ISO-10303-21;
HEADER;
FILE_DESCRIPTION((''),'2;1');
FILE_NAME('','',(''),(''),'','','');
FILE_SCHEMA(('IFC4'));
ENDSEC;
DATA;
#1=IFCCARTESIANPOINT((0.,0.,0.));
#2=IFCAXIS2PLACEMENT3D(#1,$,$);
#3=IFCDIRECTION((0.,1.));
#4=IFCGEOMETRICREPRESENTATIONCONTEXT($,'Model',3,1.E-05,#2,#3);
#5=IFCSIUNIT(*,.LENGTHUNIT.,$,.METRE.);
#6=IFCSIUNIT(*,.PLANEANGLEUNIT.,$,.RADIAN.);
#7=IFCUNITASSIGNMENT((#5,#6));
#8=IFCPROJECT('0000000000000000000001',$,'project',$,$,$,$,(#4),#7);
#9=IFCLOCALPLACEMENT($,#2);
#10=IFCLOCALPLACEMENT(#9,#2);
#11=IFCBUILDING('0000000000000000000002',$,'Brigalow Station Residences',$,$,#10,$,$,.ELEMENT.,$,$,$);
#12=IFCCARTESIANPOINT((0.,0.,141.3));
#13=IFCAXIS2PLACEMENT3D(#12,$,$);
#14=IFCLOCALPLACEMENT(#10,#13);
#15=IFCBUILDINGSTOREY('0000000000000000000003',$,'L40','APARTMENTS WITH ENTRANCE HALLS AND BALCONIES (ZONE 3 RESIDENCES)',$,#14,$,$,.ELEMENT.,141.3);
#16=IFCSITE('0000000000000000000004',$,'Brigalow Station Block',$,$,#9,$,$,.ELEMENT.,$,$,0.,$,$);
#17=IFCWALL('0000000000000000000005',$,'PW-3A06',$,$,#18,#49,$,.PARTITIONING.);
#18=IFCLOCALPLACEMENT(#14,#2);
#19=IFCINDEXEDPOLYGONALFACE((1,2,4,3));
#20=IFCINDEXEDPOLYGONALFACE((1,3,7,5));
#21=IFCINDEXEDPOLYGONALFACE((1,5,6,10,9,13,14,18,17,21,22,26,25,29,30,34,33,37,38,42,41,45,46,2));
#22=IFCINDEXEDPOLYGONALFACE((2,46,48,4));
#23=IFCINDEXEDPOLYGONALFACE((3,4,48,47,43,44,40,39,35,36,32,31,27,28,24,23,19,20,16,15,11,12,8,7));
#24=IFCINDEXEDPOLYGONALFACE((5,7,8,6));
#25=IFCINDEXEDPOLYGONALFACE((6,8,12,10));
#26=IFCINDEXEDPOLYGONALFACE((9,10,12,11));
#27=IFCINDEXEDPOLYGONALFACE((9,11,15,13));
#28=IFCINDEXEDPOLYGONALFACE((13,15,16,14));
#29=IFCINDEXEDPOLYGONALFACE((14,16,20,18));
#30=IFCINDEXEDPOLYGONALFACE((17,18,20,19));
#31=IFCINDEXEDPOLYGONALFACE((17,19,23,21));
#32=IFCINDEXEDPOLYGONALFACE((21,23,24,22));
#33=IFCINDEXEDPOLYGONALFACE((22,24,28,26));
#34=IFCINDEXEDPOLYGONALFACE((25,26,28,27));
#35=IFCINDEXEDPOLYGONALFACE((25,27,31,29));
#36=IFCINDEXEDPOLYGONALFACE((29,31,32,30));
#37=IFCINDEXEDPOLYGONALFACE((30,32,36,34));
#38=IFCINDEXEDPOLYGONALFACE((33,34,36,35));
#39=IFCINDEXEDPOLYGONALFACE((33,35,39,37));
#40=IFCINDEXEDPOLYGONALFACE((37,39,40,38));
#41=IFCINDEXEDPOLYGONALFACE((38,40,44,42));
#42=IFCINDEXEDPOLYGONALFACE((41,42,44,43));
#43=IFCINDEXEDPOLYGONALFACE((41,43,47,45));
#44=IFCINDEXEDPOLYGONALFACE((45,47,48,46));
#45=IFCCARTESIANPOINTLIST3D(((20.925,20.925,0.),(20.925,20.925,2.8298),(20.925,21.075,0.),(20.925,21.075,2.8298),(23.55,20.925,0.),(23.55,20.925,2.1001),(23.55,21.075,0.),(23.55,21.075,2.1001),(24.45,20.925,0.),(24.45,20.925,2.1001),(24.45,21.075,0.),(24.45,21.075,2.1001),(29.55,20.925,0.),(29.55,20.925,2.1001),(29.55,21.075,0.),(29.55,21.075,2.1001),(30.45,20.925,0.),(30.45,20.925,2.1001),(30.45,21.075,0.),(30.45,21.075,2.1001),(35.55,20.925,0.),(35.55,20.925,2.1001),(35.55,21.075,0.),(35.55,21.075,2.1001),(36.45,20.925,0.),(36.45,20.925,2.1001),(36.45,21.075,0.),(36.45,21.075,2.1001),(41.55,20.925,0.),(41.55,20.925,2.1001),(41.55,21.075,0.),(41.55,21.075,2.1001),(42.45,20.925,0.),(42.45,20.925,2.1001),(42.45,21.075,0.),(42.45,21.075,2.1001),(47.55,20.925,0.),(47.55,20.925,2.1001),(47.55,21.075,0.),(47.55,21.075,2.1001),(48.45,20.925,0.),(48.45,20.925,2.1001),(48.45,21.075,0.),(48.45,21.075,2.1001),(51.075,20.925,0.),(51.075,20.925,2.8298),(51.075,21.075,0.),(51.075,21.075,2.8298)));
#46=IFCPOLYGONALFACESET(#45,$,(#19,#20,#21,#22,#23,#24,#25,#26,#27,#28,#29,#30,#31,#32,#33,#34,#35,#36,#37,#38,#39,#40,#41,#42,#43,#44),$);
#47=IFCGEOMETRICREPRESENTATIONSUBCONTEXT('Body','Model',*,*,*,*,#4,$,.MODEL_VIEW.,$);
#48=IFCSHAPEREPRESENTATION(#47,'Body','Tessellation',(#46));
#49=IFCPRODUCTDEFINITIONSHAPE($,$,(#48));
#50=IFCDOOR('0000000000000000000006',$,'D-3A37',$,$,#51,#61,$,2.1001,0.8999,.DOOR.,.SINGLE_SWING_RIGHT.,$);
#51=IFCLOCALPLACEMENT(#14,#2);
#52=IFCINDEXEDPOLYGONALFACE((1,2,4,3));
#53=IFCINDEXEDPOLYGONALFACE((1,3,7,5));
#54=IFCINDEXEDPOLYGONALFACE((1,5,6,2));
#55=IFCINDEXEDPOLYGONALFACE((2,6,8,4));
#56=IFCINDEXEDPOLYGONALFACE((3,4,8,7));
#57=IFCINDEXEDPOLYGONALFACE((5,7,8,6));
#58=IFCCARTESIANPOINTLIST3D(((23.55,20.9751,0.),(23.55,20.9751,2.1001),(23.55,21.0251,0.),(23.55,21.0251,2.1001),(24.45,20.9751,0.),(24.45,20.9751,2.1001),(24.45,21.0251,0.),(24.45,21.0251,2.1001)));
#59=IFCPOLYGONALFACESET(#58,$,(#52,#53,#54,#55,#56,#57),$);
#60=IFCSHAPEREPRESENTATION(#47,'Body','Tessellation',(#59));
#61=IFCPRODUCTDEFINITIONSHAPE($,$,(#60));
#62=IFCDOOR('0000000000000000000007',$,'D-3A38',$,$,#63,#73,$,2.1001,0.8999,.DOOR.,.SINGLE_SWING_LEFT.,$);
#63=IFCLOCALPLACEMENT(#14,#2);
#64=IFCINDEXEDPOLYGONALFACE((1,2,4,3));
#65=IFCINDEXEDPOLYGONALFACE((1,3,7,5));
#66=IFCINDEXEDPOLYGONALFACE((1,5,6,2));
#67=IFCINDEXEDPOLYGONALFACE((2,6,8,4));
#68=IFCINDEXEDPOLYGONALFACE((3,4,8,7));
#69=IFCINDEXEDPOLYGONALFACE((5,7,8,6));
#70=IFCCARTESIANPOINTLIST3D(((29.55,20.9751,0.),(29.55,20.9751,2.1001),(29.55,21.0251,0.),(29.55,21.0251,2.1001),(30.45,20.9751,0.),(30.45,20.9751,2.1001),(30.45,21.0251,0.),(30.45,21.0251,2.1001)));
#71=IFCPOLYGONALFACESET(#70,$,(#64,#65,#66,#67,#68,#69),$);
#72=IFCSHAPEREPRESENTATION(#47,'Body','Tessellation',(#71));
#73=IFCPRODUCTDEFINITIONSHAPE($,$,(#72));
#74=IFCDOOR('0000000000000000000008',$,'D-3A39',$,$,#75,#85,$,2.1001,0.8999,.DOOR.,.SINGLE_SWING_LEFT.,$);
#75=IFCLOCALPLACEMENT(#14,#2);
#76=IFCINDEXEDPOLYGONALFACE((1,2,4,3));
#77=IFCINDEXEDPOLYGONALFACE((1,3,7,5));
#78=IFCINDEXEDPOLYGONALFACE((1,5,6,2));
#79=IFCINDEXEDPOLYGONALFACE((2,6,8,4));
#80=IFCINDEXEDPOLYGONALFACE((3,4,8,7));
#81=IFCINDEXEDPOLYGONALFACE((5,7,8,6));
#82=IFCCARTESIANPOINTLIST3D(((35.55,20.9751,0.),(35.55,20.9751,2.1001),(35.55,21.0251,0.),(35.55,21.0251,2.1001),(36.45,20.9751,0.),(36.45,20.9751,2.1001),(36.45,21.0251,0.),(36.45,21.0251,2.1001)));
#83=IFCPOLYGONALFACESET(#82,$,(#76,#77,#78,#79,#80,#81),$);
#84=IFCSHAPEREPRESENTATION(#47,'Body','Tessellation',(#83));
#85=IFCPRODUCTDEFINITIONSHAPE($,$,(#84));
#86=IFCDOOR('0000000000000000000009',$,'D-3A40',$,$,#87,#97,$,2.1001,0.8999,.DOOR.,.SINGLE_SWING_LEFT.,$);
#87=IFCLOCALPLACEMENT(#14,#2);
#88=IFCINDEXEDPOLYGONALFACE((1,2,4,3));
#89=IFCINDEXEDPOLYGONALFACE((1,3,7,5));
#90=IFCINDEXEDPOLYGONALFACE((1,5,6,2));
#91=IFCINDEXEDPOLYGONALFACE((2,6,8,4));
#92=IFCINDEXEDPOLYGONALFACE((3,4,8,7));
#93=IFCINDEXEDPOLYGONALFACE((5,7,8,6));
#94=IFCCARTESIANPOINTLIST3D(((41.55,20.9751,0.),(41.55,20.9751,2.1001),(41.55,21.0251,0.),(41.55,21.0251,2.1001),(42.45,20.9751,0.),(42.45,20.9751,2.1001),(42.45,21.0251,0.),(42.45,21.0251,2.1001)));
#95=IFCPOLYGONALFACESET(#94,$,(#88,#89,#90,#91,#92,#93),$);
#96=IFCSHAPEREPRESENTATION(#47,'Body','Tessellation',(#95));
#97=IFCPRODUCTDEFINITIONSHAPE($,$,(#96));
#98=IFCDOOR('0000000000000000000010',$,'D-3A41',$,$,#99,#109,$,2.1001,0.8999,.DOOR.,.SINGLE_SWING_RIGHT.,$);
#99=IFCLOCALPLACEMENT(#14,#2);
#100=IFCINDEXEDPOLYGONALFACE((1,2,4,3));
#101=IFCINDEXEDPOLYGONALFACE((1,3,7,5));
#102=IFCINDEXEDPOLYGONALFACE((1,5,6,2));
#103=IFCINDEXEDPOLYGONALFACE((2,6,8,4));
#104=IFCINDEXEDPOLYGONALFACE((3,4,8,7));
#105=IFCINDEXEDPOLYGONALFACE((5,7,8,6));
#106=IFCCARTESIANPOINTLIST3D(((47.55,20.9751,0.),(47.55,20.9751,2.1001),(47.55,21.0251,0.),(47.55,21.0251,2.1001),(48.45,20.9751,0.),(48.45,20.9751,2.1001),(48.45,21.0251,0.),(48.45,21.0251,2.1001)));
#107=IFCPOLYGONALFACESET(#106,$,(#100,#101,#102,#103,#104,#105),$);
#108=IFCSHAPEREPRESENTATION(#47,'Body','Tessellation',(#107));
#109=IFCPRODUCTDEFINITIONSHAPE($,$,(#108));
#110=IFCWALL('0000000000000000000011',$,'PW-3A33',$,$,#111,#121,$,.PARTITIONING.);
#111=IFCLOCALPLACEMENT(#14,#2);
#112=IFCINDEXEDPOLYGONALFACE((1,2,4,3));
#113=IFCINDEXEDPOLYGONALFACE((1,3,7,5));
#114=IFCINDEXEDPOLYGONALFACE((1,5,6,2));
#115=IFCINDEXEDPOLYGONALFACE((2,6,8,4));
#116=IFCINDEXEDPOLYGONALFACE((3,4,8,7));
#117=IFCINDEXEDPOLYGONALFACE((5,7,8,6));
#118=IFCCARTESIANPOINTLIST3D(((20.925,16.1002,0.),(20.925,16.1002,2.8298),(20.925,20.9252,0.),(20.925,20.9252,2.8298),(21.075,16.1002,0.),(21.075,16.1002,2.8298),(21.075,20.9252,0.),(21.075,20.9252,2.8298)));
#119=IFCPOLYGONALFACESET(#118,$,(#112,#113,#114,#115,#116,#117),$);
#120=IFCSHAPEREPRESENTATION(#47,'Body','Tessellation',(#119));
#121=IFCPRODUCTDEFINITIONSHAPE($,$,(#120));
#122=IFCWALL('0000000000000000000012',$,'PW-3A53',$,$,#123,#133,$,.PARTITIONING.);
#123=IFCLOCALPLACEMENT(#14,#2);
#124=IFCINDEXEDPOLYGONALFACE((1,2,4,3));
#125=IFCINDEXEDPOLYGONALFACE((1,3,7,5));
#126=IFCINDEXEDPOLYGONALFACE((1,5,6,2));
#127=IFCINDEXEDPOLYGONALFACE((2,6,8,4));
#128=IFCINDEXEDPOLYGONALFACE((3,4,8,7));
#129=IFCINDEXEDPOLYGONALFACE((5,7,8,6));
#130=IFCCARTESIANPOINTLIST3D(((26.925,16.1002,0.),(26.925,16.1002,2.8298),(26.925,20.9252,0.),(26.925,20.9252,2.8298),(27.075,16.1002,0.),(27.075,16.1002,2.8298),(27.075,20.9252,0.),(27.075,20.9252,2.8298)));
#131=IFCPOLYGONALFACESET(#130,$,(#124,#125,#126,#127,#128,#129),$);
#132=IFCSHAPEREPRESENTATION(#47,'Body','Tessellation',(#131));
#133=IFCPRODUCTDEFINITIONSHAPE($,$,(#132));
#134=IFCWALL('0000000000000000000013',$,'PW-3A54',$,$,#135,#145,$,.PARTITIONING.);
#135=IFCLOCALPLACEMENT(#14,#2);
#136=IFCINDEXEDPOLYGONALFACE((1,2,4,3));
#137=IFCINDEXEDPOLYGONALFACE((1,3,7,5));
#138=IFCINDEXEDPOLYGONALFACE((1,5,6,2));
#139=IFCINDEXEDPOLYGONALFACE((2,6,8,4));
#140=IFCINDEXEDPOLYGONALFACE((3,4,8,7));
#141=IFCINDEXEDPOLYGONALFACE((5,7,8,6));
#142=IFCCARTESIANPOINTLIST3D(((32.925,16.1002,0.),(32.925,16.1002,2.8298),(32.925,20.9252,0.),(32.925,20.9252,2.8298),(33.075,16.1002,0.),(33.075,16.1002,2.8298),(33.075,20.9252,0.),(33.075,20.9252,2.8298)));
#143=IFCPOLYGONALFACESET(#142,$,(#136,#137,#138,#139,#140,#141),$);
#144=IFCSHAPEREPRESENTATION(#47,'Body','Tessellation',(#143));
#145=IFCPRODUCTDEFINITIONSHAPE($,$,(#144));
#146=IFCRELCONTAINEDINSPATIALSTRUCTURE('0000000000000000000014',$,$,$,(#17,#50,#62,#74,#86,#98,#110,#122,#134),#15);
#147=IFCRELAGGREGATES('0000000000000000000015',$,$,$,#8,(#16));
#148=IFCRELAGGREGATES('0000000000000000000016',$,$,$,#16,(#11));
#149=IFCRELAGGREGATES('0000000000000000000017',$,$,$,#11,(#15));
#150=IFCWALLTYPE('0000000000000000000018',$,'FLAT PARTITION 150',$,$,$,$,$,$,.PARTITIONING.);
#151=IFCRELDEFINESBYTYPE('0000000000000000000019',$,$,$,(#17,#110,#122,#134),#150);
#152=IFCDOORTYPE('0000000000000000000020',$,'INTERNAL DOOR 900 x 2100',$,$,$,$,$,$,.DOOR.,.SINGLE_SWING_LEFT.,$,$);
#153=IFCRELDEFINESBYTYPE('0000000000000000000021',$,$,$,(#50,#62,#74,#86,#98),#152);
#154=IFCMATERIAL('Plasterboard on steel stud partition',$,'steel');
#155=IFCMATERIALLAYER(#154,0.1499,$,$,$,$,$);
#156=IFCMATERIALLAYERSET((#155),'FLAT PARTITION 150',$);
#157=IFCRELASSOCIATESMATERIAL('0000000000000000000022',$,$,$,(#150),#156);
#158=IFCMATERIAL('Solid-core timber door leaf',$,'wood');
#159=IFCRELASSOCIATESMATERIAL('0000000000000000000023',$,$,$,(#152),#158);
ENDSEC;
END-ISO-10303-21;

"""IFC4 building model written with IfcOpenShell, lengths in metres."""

from ifc_helpers import new_model, si_unit, direction, frame, frame_2d, origin, place, context, subcontext, project, spatial, rectangle, extrude, material, layer, layer_set, type_object, element, fill, save


model = new_model("IFC4")

# Units and contexts
model_context = context("Model", 3, precision=1e-05, world=origin(), true_north=direction((0.0, 1.0)))
body_context = subcontext(model_context, "Body", "Model", "MODEL_VIEW")
ifc_project = project(units=[si_unit("LENGTHUNIT", "METRE"), si_unit("PLANEANGLEUNIT", "RADIAN")], contexts=[model_context])

# Site, building, storey
site_placement = place(None, origin())
site = spatial("IfcSite", under=ifc_project, at=site_placement, Name="Brigalow Station Block", CompositionType="ELEMENT", RefElevation=0.0)
building_placement = place(site_placement, origin())
building = spatial("IfcBuilding", under=site, at=building_placement, Name="Brigalow Station Residences", CompositionType="ELEMENT")
storey_placement = place(building_placement, frame((0.0, 0.0, 141.3)))
storey = spatial("IfcBuildingStorey", under=building, at=storey_placement, Name="L40", Description="APARTMENTS WITH ENTRANCE HALLS AND BALCONIES (ZONE 3 RESIDENCES)", CompositionType="ELEMENT", Elevation=141.3)

# Wall, openings, doors
ifc_material_1 = material(Name="Plasterboard on steel stud partition", Category="steel")
ifc_layer_1 = layer(ifc_material_1, 0.1499)
ifc_layer_set_1 = layer_set([ifc_layer_1], Name="FLAT PARTITION 150")
wall_type_1 = type_object("IfcWallType", Name="FLAT PARTITION 150", PredefinedType="PARTITIONING", material=ifc_layer_set_1)
wall_1_placement = place(storey_placement, frame((20.925, 21.0, 0.0), z_axis=(0.0, 0.0, 1.0), x_axis=(1.0, 0.0, 0.0)))
wall_1 = element("IfcWall", 1, at=wall_1_placement, inside=storey, type_object=wall_type_1, Name="PW-3A06", PredefinedType="PARTITIONING", context=body_context, shape_type="SweptSolid", body=[
    extrude(rectangle(XDim=30.1499, YDim=0.1499, at=frame_2d((15.075, 0.0))), origin(), (0.0, 0.0, 1.0), 2.8298),
])
opening_1_placement = place(wall_1_placement, frame((2.625, 0.0, 0.0)))
opening_1 = element("IfcOpeningElement", 2, at=opening_1_placement, cuts=wall_1, PredefinedType="OPENING", context=body_context, shape_type="SweptSolid", body=[
    extrude(rectangle(XDim=0.8999, YDim=2.1001, at=frame_2d((0.45, 1.05))), frame((0.0, 0.085, 0.0), z_axis=(0.0, -1.0, 0.0), x_axis=(1.0, 0.0, 0.0)), (0.0, 0.0, 1.0), 0.1699),
])
opening_2_placement = place(wall_1_placement, frame((8.625, 0.0, 0.0)))
opening_2 = element("IfcOpeningElement", 3, at=opening_2_placement, cuts=wall_1, PredefinedType="OPENING", context=body_context, shape_type="SweptSolid", body=[
    extrude(rectangle(XDim=0.8999, YDim=2.1001, at=frame_2d((0.45, 1.05))), frame((0.0, 0.085, 0.0), z_axis=(0.0, -1.0, 0.0), x_axis=(1.0, 0.0, 0.0)), (0.0, 0.0, 1.0), 0.1699),
])
opening_3_placement = place(wall_1_placement, frame((14.625, 0.0, 0.0)))
opening_3 = element("IfcOpeningElement", 4, at=opening_3_placement, cuts=wall_1, PredefinedType="OPENING", context=body_context, shape_type="SweptSolid", body=[
    extrude(rectangle(XDim=0.8999, YDim=2.1001, at=frame_2d((0.45, 1.05))), frame((0.0, 0.085, 0.0), z_axis=(0.0, -1.0, 0.0), x_axis=(1.0, 0.0, 0.0)), (0.0, 0.0, 1.0), 0.1699),
])
opening_4_placement = place(wall_1_placement, frame((20.625, 0.0, 0.0)))
opening_4 = element("IfcOpeningElement", 5, at=opening_4_placement, cuts=wall_1, PredefinedType="OPENING", context=body_context, shape_type="SweptSolid", body=[
    extrude(rectangle(XDim=0.8999, YDim=2.1001, at=frame_2d((0.45, 1.05))), frame((0.0, 0.085, 0.0), z_axis=(0.0, -1.0, 0.0), x_axis=(1.0, 0.0, 0.0)), (0.0, 0.0, 1.0), 0.1699),
])
opening_5_placement = place(wall_1_placement, frame((26.625, 0.0, 0.0)))
opening_5 = element("IfcOpeningElement", 6, at=opening_5_placement, cuts=wall_1, PredefinedType="OPENING", context=body_context, shape_type="SweptSolid", body=[
    extrude(rectangle(XDim=0.8999, YDim=2.1001, at=frame_2d((0.45, 1.05))), frame((0.0, 0.085, 0.0), z_axis=(0.0, -1.0, 0.0), x_axis=(1.0, 0.0, 0.0)), (0.0, 0.0, 1.0), 0.1699),
])
ifc_material_2 = material(Name="Solid-core timber door leaf", Category="wood")
door_type_1 = type_object("IfcDoorType", Name="INTERNAL DOOR 900 x 2100", OperationType="SINGLE_SWING_LEFT", PredefinedType="DOOR", material=ifc_material_2)
door_1_placement = place(opening_1_placement, frame((0.8999, 0.0, 0.0), z_axis=(0.0, 0.0, 1.0), x_axis=(-1.0, 0.0, 0.0)))
door_1 = element("IfcDoor", 7, at=door_1_placement, inside=storey, type_object=door_type_1, Name="D-3A37", OperationType="SINGLE_SWING_RIGHT", OverallHeight=2.1001, OverallWidth=0.8999, PredefinedType="DOOR", context=body_context, shape_type="SweptSolid", body=[
    extrude(rectangle(XDim=0.8999, YDim=2.1001, at=frame_2d((0.45, 1.05))), frame((0.0, 0.0249, 0.0), z_axis=(0.0, -1.0, 0.0), x_axis=(1.0, 0.0, 0.0)), (0.0, 0.0, 1.0), 0.05),
])
fill(opening_1, door_1)
door_2_placement = place(opening_2_placement, frame((0.8999, 0.0, 0.0), z_axis=(0.0, 0.0, 1.0), x_axis=(-1.0, 0.0, 0.0)))
door_2 = element("IfcDoor", 8, at=door_2_placement, inside=storey, type_object=door_type_1, Name="D-3A38", OperationType="SINGLE_SWING_LEFT", OverallHeight=2.1001, OverallWidth=0.8999, PredefinedType="DOOR", context=body_context, shape_type="SweptSolid", body=[
    extrude(rectangle(XDim=0.8999, YDim=2.1001, at=frame_2d((0.45, 1.05))), frame((0.0, 0.0249, 0.0), z_axis=(0.0, -1.0, 0.0), x_axis=(1.0, 0.0, 0.0)), (0.0, 0.0, 1.0), 0.05),
])
fill(opening_2, door_2)
door_3_placement = place(opening_3_placement, frame((0.8999, 0.0, 0.0), z_axis=(0.0, 0.0, 1.0), x_axis=(-1.0, 0.0, 0.0)))
door_3 = element("IfcDoor", 9, at=door_3_placement, inside=storey, type_object=door_type_1, Name="D-3A39", OperationType="SINGLE_SWING_LEFT", OverallHeight=2.1001, OverallWidth=0.8999, PredefinedType="DOOR", context=body_context, shape_type="SweptSolid", body=[
    extrude(rectangle(XDim=0.8999, YDim=2.1001, at=frame_2d((0.45, 1.05))), frame((0.0, 0.0249, 0.0), z_axis=(0.0, -1.0, 0.0), x_axis=(1.0, 0.0, 0.0)), (0.0, 0.0, 1.0), 0.05),
])
fill(opening_3, door_3)
door_4_placement = place(opening_4_placement, frame((0.8999, 0.0, 0.0), z_axis=(0.0, 0.0, 1.0), x_axis=(-1.0, 0.0, 0.0)))
door_4 = element("IfcDoor", 10, at=door_4_placement, inside=storey, type_object=door_type_1, Name="D-3A40", OperationType="SINGLE_SWING_LEFT", OverallHeight=2.1001, OverallWidth=0.8999, PredefinedType="DOOR", context=body_context, shape_type="SweptSolid", body=[
    extrude(rectangle(XDim=0.8999, YDim=2.1001, at=frame_2d((0.45, 1.05))), frame((0.0, 0.0249, 0.0), z_axis=(0.0, -1.0, 0.0), x_axis=(1.0, 0.0, 0.0)), (0.0, 0.0, 1.0), 0.05),
])
fill(opening_4, door_4)
door_5_placement = place(opening_5_placement, frame((0.8999, 0.0, 0.0), z_axis=(0.0, 0.0, 1.0), x_axis=(-1.0, 0.0, 0.0)))
door_5 = element("IfcDoor", 11, at=door_5_placement, inside=storey, type_object=door_type_1, Name="D-3A41", OperationType="SINGLE_SWING_RIGHT", OverallHeight=2.1001, OverallWidth=0.8999, PredefinedType="DOOR", context=body_context, shape_type="SweptSolid", body=[
    extrude(rectangle(XDim=0.8999, YDim=2.1001, at=frame_2d((0.45, 1.05))), frame((0.0, 0.0249, 0.0), z_axis=(0.0, -1.0, 0.0), x_axis=(1.0, 0.0, 0.0)), (0.0, 0.0, 1.0), 0.05),
])
fill(opening_5, door_5)

# Walls
for number, where, z_axis, x_axis, name in (
    (12, (21.0, 16.1001, 0.0), (0.0, 0.0, 1.0), (0.0, 1.0, 0.0), "PW-3A33"),
    (13, (27.0, 16.1001, 0.0), (0.0, 0.0, 1.0), (0.0, 1.0, 0.0), "PW-3A53"),
    (14, (33.0, 16.1001, 0.0), (0.0, 0.0, 1.0), (0.0, 1.0, 0.0), "PW-3A54"),
):
    element("IfcWall", number, at=place(storey_placement, frame(where, z_axis=z_axis, x_axis=x_axis)), inside=storey, type_object=wall_type_1, Name=name, PredefinedType="PARTITIONING", context=body_context, shape_type="SweptSolid", body=[
        extrude(rectangle(XDim=4.825, YDim=0.1499, at=frame_2d((2.4126, 0.0))), origin(), (0.0, 0.0, 1.0), 2.8298),
    ])

save(model, "model.ifc")
